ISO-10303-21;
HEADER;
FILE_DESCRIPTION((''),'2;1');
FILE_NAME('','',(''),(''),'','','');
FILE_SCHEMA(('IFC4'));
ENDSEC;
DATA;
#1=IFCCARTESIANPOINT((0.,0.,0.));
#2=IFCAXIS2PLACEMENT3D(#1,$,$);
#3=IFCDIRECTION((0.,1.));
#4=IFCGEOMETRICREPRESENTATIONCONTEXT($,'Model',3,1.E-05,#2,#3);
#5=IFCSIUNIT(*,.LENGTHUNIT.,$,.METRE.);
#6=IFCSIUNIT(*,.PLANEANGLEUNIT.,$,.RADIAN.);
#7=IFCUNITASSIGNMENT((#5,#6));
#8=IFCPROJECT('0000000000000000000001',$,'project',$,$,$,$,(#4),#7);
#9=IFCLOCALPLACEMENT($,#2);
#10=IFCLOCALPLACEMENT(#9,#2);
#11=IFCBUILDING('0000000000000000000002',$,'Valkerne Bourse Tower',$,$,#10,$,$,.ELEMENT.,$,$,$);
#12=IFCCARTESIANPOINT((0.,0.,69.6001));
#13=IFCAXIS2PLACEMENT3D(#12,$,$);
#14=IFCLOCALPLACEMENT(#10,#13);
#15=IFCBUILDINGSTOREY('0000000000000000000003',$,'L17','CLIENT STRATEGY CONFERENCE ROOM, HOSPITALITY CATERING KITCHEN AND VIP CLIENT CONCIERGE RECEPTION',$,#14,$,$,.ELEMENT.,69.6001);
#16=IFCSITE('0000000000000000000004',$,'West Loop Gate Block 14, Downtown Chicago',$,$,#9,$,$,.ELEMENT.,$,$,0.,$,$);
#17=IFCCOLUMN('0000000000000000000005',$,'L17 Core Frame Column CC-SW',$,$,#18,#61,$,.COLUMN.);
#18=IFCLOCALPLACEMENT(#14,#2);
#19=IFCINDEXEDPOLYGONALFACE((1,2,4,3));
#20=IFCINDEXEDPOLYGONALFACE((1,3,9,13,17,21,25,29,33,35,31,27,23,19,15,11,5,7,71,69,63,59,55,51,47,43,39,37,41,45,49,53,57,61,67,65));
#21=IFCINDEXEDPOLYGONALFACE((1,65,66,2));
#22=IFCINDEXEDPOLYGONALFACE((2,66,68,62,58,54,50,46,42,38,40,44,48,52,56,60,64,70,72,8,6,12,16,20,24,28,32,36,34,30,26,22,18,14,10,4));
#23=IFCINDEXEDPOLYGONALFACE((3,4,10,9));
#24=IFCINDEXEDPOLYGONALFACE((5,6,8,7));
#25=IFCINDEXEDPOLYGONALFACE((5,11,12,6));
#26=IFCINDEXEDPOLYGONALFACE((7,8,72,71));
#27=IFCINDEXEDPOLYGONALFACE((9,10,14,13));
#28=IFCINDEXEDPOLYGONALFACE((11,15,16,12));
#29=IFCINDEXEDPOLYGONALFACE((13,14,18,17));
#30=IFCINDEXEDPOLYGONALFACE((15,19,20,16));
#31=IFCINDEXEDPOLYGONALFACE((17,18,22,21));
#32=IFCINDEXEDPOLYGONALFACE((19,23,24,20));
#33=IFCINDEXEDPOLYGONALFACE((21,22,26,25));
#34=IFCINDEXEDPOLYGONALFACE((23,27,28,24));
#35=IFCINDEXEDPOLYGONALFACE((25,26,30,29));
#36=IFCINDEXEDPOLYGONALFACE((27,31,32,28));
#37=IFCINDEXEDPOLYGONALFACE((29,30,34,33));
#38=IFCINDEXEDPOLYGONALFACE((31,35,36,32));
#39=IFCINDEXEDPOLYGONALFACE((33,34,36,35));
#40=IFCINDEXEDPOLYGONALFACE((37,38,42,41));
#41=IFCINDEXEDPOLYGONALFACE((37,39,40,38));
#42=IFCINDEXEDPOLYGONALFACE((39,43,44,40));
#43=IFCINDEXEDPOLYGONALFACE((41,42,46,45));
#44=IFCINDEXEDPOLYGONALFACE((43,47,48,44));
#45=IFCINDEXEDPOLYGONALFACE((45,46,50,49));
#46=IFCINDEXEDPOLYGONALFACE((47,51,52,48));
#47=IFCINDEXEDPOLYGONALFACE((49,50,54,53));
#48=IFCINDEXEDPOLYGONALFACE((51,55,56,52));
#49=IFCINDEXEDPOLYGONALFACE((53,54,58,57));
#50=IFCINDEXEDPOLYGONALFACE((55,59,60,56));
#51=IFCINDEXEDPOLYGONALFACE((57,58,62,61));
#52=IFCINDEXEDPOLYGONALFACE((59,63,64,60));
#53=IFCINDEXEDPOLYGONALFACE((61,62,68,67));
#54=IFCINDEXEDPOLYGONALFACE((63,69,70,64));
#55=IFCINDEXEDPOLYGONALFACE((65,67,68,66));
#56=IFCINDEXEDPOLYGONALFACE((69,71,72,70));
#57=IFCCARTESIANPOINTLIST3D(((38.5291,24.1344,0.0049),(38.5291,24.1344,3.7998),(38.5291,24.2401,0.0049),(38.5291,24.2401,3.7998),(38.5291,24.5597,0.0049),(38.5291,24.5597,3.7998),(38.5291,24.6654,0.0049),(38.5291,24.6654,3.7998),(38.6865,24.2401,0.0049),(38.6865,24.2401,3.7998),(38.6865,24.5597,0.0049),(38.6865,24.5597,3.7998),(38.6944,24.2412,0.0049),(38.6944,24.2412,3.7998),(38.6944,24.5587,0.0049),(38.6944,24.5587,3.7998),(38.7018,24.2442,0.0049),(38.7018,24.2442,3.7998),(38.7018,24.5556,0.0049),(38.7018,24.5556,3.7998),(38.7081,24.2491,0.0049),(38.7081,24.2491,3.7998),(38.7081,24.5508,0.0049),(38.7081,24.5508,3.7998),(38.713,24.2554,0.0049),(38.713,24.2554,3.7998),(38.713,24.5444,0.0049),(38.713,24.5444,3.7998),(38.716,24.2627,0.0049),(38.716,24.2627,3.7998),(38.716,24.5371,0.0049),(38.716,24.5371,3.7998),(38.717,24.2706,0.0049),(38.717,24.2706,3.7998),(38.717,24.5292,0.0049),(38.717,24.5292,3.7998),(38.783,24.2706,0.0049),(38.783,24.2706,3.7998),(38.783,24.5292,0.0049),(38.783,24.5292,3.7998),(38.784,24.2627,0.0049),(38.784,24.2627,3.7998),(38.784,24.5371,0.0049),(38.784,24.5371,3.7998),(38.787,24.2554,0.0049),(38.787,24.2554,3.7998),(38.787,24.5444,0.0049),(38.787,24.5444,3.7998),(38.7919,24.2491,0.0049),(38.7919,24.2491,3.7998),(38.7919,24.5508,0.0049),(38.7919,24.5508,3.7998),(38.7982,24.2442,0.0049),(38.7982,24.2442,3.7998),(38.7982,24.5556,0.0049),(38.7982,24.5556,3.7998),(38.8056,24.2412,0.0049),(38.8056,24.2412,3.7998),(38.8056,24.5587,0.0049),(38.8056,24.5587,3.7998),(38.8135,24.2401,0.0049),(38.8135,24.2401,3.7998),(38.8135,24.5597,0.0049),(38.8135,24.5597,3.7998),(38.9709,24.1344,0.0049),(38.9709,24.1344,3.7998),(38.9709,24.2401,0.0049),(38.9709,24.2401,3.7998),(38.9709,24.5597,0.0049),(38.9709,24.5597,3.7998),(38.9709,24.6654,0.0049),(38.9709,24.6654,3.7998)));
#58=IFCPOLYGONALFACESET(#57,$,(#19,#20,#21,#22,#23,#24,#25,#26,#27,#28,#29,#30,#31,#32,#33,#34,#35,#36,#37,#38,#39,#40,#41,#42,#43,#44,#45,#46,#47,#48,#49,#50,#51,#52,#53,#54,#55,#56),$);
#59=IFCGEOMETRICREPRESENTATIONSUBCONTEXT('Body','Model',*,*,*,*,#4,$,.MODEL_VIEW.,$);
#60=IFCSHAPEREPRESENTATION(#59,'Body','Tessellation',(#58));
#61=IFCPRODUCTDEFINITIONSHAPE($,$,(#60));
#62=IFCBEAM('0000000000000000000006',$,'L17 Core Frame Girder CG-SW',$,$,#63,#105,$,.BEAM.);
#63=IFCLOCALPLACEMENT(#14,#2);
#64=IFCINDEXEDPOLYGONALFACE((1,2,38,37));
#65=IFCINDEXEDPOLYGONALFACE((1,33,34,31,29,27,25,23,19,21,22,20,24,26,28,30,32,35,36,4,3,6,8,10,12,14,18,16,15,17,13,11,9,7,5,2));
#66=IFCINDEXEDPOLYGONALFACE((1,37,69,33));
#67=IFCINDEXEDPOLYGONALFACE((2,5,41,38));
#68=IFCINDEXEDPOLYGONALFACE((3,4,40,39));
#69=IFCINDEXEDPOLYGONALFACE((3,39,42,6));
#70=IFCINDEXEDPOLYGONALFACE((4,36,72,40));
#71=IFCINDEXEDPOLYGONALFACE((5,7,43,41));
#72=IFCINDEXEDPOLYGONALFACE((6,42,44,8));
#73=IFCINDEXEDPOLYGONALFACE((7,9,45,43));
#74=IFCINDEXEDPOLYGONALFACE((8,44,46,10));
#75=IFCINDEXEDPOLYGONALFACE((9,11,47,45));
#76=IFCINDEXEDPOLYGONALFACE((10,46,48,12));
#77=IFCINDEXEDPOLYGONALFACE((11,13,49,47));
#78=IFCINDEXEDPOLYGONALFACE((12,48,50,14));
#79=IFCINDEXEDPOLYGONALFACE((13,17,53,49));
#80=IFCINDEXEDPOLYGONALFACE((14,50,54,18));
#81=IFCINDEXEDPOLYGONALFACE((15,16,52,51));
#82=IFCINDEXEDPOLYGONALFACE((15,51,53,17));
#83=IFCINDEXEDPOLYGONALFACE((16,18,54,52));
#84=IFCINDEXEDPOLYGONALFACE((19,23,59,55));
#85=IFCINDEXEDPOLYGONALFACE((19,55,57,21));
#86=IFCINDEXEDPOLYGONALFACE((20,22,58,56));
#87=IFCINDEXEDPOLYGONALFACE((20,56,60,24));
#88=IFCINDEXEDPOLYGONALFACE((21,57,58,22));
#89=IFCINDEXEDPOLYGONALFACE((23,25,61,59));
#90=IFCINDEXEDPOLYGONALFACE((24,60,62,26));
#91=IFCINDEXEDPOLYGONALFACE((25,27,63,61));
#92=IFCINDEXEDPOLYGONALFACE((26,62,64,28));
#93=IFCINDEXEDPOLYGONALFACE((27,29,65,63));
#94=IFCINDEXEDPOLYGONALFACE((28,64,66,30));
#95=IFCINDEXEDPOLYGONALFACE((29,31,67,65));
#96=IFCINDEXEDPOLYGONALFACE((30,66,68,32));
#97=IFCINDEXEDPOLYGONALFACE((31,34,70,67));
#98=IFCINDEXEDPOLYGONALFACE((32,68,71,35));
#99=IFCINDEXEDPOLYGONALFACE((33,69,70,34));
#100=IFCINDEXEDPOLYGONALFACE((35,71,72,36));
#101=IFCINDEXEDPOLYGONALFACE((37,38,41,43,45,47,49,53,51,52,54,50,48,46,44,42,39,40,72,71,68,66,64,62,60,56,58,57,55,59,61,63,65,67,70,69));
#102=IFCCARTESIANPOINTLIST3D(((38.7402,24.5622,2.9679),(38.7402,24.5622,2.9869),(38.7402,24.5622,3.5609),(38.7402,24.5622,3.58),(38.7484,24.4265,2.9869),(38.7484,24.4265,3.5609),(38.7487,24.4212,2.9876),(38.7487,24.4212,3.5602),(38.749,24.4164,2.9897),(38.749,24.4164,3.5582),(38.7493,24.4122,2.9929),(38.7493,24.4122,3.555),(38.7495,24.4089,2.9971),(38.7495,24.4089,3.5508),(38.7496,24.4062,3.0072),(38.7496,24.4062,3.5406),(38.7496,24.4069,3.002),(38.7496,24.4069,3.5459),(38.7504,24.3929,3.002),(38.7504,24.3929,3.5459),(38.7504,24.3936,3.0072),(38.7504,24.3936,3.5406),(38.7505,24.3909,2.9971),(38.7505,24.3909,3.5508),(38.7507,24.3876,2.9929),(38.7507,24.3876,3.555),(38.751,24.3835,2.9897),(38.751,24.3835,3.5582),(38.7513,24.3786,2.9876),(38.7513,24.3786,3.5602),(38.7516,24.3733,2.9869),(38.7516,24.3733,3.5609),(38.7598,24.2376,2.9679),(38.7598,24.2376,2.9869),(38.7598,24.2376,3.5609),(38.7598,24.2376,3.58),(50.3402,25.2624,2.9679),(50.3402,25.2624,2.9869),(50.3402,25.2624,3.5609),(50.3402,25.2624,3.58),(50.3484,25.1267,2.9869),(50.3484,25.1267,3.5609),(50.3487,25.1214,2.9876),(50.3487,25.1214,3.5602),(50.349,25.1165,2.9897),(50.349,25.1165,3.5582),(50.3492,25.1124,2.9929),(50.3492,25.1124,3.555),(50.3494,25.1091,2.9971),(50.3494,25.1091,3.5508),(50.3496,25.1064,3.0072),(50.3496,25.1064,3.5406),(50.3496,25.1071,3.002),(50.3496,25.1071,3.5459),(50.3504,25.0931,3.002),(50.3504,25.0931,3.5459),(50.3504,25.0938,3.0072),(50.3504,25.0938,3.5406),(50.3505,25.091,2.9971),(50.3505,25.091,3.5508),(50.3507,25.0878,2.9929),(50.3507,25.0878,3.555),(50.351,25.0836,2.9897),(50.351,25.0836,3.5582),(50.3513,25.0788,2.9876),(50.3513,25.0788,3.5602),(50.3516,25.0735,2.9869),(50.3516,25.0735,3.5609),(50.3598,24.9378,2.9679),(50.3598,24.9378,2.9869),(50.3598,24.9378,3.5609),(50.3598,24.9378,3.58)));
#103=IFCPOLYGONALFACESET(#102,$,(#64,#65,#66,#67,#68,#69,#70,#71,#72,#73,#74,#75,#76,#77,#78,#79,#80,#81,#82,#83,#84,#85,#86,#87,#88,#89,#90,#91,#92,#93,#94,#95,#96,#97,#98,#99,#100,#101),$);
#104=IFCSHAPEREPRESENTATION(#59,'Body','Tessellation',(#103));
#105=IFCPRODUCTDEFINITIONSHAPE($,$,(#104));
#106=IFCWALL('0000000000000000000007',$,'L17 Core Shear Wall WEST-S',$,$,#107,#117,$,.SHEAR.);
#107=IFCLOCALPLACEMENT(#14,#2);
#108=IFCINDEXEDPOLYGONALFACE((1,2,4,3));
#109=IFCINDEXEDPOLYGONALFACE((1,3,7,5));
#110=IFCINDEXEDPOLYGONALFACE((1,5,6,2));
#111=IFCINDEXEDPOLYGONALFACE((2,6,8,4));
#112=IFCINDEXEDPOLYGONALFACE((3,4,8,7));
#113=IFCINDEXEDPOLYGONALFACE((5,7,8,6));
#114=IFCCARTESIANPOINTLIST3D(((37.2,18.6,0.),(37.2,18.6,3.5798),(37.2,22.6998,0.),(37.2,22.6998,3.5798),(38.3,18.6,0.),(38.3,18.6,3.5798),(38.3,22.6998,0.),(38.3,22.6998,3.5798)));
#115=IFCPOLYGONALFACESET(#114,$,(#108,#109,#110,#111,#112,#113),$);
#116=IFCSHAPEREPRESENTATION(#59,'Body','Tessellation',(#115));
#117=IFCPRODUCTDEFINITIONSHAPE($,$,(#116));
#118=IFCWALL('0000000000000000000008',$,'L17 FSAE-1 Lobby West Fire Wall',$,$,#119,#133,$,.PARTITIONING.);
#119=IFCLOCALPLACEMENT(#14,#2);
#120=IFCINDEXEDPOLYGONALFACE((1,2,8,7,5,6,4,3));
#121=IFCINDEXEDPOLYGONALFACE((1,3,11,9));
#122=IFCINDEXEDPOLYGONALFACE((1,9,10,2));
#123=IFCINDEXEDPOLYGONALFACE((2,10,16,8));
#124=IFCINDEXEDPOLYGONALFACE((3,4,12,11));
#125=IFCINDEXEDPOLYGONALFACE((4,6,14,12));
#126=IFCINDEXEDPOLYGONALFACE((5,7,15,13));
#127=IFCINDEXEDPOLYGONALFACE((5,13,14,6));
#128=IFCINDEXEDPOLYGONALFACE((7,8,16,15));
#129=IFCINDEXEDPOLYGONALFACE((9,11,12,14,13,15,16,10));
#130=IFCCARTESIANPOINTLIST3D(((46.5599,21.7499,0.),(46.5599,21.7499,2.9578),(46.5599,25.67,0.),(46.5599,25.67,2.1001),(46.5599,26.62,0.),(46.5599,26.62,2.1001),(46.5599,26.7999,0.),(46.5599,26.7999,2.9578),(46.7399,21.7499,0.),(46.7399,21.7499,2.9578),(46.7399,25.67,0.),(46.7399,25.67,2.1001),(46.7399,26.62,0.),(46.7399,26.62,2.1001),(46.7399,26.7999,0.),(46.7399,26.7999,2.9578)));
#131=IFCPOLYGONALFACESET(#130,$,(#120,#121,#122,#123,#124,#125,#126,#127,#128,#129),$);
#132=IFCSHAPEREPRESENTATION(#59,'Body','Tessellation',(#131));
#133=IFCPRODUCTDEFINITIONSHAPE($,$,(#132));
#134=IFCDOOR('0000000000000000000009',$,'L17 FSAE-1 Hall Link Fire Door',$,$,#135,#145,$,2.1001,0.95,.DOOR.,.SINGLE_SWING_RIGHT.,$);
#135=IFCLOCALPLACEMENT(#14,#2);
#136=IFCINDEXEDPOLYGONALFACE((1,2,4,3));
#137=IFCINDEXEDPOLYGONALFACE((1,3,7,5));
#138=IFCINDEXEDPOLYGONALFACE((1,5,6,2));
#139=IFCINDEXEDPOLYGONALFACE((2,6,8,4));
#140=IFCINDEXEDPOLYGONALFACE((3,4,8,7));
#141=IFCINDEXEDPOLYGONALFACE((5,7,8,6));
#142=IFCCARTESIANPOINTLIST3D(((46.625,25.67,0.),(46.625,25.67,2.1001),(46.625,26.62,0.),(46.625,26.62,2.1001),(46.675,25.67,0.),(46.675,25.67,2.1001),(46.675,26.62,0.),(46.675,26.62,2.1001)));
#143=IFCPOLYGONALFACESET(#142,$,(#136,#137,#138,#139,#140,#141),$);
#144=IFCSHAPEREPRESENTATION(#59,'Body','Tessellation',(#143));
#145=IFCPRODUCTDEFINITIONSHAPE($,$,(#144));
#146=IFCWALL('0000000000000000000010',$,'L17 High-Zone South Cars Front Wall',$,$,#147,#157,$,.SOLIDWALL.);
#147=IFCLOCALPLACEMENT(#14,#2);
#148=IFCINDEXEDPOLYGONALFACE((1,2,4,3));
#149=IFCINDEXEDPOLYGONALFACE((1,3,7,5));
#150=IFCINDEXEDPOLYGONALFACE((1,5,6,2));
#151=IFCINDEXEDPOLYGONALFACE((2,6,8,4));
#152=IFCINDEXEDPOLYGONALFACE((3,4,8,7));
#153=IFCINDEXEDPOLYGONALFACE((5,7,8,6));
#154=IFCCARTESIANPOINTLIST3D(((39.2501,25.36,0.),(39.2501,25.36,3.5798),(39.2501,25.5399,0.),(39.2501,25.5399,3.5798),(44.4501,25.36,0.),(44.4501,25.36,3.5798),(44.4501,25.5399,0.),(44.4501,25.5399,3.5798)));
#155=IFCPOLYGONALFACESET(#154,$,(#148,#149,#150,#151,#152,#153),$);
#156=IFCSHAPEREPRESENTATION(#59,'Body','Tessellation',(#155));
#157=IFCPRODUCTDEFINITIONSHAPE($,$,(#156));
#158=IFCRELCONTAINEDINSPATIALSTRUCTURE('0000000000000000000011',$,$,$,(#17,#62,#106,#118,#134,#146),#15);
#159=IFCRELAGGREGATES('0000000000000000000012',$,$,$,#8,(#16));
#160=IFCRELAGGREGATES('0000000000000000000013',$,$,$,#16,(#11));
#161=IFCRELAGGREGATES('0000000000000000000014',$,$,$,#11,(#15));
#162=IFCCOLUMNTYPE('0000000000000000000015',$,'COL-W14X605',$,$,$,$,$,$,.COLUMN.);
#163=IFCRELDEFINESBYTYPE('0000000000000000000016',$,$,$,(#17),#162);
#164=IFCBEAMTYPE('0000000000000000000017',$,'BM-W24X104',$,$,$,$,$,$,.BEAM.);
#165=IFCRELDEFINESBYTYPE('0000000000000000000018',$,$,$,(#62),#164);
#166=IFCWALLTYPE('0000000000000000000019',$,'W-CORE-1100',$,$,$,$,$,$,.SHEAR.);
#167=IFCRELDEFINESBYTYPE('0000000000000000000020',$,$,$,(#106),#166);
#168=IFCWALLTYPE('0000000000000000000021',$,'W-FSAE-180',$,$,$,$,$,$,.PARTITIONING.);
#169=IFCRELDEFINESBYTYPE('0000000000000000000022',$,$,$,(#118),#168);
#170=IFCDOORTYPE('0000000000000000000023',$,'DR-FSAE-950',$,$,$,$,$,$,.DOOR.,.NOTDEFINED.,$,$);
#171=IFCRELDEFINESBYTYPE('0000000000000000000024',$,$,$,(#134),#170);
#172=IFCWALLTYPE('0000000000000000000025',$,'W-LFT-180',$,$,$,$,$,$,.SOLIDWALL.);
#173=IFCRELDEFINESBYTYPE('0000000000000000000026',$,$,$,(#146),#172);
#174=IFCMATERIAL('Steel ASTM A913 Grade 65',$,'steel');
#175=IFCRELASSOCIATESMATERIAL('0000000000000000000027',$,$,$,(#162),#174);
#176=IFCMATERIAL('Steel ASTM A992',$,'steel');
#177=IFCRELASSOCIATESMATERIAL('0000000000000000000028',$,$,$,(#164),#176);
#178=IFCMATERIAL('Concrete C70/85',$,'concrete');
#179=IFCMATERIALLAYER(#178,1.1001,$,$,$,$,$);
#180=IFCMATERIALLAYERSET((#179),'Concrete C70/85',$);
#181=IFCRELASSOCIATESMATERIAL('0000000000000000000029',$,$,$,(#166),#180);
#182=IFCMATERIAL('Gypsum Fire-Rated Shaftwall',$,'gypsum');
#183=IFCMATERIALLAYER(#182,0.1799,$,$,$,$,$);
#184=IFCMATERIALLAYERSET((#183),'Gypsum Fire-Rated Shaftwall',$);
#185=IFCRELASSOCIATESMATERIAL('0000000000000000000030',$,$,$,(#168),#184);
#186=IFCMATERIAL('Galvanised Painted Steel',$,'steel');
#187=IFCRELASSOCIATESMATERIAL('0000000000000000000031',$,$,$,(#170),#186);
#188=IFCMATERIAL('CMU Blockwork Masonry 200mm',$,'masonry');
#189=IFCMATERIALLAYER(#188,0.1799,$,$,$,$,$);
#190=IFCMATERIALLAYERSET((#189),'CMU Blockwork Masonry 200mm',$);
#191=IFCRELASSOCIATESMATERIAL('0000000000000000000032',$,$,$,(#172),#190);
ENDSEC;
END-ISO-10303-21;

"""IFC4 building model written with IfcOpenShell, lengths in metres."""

from ifc_helpers import new_model, si_unit, direction, frame, frame_2d, origin, origin_2d, place, context, subcontext, project, spatial, rectangle, i_section, extrude, material, layer, layer_set, material_profile, profile_set, type_object, element, fill, save


model = new_model("IFC4")

# Units and contexts
model_context = context("Model", 3, precision=1e-05, world=origin(), true_north=direction((0.0, 1.0)))
body_context = subcontext(model_context, "Body", "Model", "MODEL_VIEW")
ifc_project = project(units=[si_unit("LENGTHUNIT", "METRE"), si_unit("PLANEANGLEUNIT", "RADIAN")], contexts=[model_context])

# Site, building, storey
site_placement = place(None, origin())
site = spatial("IfcSite", under=ifc_project, at=site_placement, Name="West Loop Gate Block 14, Downtown Chicago", CompositionType="ELEMENT", RefElevation=0.0)
building_placement = place(site_placement, origin())
building = spatial("IfcBuilding", under=site, at=building_placement, Name="Valkerne Bourse Tower", CompositionType="ELEMENT")
storey_placement = place(building_placement, frame((0.0, 0.0, 69.6001)))
storey = spatial("IfcBuildingStorey", under=building, at=storey_placement, Name="L17", Description="CLIENT STRATEGY CONFERENCE ROOM, HOSPITALITY CATERING KITCHEN AND VIP CLIENT CONCIERGE RECEPTION", CompositionType="ELEMENT", Elevation=69.6001)

# Column
ifc_material_1 = material(Name="Steel ASTM A913 Grade 65", Category="steel")
ifc_material_profile_1 = material_profile(ifc_material_1, i_section(OverallWidth=0.4419, OverallDepth=0.531, WebThickness=0.0659, FlangeThickness=0.1057, FilletRadius=0.0305, at=origin_2d()), Name="W14X605")
ifc_profile_set_1 = profile_set([ifc_material_profile_1], Name="Steel ASTM A913 Grade 65")
column_type = type_object("IfcColumnType", Name="COL-W14X605", PredefinedType="COLUMN", material=ifc_profile_set_1)
column_placement = place(storey_placement, frame((38.75, 24.3999, 0.0049), z_axis=(0.0, 0.0, 1.0), x_axis=(1.0, 0.0, 0.0)))
element("IfcColumn", 1, at=column_placement, inside=storey, type_object=column_type, Name="L17 Core Frame Column CC-SW", PredefinedType="COLUMN", context=body_context, shape_type="SweptSolid", body=[
    extrude(i_section(OverallWidth=0.4419, OverallDepth=0.531, WebThickness=0.0659, FlangeThickness=0.1057, FilletRadius=0.0305, at=origin_2d()), origin(), (0.0, 0.0, 1.0), 3.7949),
])

# Beam
ifc_material_2 = material(Name="Steel ASTM A992", Category="steel")
ifc_material_profile_2 = material_profile(ifc_material_2, i_section(OverallWidth=0.3252, OverallDepth=0.6121, WebThickness=0.0127, FlangeThickness=0.019, FilletRadius=0.0203, at=origin_2d()), Name="W24X104")
ifc_profile_set_2 = profile_set([ifc_material_profile_2], Name="Steel ASTM A992")
beam_type = type_object("IfcBeamType", Name="BM-W24X104", PredefinedType="BEAM", material=ifc_profile_set_2)
beam_placement = place(storey_placement, frame((38.75, 24.3999, 3.2739), z_axis=(0.998183, 0.060251, 0.0), x_axis=(-0.060251, 0.998183, 0.0)))
element("IfcBeam", 2, at=beam_placement, inside=storey, type_object=beam_type, Name="L17 Core Frame Girder CG-SW", PredefinedType="BEAM", context=body_context, shape_type="SweptSolid", body=[
    extrude(i_section(OverallWidth=0.3252, OverallDepth=0.6121, WebThickness=0.0127, FlangeThickness=0.019, FilletRadius=0.0203, at=origin_2d()), origin(), (0.0, 0.0, 1.0), 11.6211),
])

# Shared definitions
ifc_material_3 = material(Name="Concrete C70/85", Category="concrete")
ifc_layer_1 = layer(ifc_material_3, 1.1001)
ifc_layer_set_1 = layer_set([ifc_layer_1], Name="Concrete C70/85")
wall_type_1 = type_object("IfcWallType", Name="W-CORE-1100", PredefinedType="SHEAR", material=ifc_layer_set_1)
ifc_material_4 = material(Name="Galvanised Painted Steel", Category="steel")

# Wall
wall_1_placement = place(storey_placement, frame((37.75, 18.6001, 0.0), z_axis=(0.0, 0.0, 1.0), x_axis=(0.0, 1.0, 0.0)))
element("IfcWall", 3, at=wall_1_placement, inside=storey, type_object=wall_type_1, Name="L17 Core Shear Wall WEST-S", PredefinedType="SHEAR", context=body_context, shape_type="SweptSolid", body=[
    extrude(rectangle(XDim=4.0999, YDim=1.1001, at=frame_2d((2.0498, 0.0))), origin(), (0.0, 0.0, 1.0), 3.5798),
])

# Wall, opening, door
ifc_material_5 = material(Name="Gypsum Fire-Rated Shaftwall", Category="gypsum")
ifc_layer_2 = layer(ifc_material_5, 0.1799)
ifc_layer_set_2 = layer_set([ifc_layer_2], Name="Gypsum Fire-Rated Shaftwall")
wall_type_2 = type_object("IfcWallType", Name="W-FSAE-180", PredefinedType="PARTITIONING", material=ifc_layer_set_2)
wall_2_placement = place(storey_placement, frame((46.6499, 21.75, 0.0), z_axis=(0.0, 0.0, 1.0), x_axis=(0.0, 1.0, 0.0)))
wall_2 = element("IfcWall", 4, at=wall_2_placement, inside=storey, type_object=wall_type_2, Name="L17 FSAE-1 Lobby West Fire Wall", PredefinedType="PARTITIONING", context=body_context, shape_type="SweptSolid", body=[
    extrude(rectangle(XDim=5.05, YDim=0.1799, at=frame_2d((2.5249, 0.0))), origin(), (0.0, 0.0, 1.0), 2.9578),
])
opening_1_placement = place(wall_2_placement, frame((3.9199, 0.0, 0.0)))
opening_1 = element("IfcOpeningElement", 5, at=opening_1_placement, cuts=wall_2, PredefinedType="OPENING", context=body_context, shape_type="SweptSolid", body=[
    extrude(rectangle(XDim=0.95, YDim=2.1001, at=frame_2d((0.4751, 1.05))), frame((0.0, 0.0999, 0.0), z_axis=(0.0, -1.0, 0.0), x_axis=(1.0, 0.0, 0.0)), (0.0, 0.0, 1.0), 0.2),
])
door_type_1 = type_object("IfcDoorType", Name="DR-FSAE-950", OperationType="NOTDEFINED", PredefinedType="DOOR", material=ifc_material_4)
door_1_placement = place(opening_1_placement, origin())
door_1 = element("IfcDoor", 6, at=door_1_placement, inside=storey, type_object=door_type_1, Name="L17 FSAE-1 Hall Link Fire Door", OperationType="SINGLE_SWING_RIGHT", OverallHeight=2.1001, OverallWidth=0.95, PredefinedType="DOOR", context=body_context, shape_type="SweptSolid", body=[
    extrude(rectangle(XDim=0.95, YDim=2.1001, at=frame_2d((0.4751, 1.05))), frame((0.0, 0.0249, 0.0), z_axis=(0.0, -1.0, 0.0), x_axis=(1.0, 0.0, 0.0)), (0.0, 0.0, 1.0), 0.05),
])
fill(opening_1, door_1)

# Shared definitions
ifc_material_6 = material(Name="CMU Blockwork Masonry 200mm", Category="masonry")
ifc_layer_3 = layer(ifc_material_6, 0.1799)
ifc_layer_set_3 = layer_set([ifc_layer_3], Name="CMU Blockwork Masonry 200mm")
wall_type_3 = type_object("IfcWallType", Name="W-LFT-180", PredefinedType="SOLIDWALL", material=ifc_layer_set_3)

# Wall
wall_3_placement = place(storey_placement, frame((39.25, 25.45, 0.0), z_axis=(0.0, 0.0, 1.0), x_axis=(1.0, 0.0, 0.0)))
element("IfcWall", 7, at=wall_3_placement, inside=storey, type_object=wall_type_3, Name="L17 High-Zone South Cars Front Wall", PredefinedType="SOLIDWALL", context=body_context, shape_type="SweptSolid", body=[
    extrude(rectangle(XDim=5.2, YDim=0.1799, at=frame_2d((2.6001, 0.0))), origin(), (0.0, 0.0, 1.0), 3.5798),
])

save(model, "model.ifc")
